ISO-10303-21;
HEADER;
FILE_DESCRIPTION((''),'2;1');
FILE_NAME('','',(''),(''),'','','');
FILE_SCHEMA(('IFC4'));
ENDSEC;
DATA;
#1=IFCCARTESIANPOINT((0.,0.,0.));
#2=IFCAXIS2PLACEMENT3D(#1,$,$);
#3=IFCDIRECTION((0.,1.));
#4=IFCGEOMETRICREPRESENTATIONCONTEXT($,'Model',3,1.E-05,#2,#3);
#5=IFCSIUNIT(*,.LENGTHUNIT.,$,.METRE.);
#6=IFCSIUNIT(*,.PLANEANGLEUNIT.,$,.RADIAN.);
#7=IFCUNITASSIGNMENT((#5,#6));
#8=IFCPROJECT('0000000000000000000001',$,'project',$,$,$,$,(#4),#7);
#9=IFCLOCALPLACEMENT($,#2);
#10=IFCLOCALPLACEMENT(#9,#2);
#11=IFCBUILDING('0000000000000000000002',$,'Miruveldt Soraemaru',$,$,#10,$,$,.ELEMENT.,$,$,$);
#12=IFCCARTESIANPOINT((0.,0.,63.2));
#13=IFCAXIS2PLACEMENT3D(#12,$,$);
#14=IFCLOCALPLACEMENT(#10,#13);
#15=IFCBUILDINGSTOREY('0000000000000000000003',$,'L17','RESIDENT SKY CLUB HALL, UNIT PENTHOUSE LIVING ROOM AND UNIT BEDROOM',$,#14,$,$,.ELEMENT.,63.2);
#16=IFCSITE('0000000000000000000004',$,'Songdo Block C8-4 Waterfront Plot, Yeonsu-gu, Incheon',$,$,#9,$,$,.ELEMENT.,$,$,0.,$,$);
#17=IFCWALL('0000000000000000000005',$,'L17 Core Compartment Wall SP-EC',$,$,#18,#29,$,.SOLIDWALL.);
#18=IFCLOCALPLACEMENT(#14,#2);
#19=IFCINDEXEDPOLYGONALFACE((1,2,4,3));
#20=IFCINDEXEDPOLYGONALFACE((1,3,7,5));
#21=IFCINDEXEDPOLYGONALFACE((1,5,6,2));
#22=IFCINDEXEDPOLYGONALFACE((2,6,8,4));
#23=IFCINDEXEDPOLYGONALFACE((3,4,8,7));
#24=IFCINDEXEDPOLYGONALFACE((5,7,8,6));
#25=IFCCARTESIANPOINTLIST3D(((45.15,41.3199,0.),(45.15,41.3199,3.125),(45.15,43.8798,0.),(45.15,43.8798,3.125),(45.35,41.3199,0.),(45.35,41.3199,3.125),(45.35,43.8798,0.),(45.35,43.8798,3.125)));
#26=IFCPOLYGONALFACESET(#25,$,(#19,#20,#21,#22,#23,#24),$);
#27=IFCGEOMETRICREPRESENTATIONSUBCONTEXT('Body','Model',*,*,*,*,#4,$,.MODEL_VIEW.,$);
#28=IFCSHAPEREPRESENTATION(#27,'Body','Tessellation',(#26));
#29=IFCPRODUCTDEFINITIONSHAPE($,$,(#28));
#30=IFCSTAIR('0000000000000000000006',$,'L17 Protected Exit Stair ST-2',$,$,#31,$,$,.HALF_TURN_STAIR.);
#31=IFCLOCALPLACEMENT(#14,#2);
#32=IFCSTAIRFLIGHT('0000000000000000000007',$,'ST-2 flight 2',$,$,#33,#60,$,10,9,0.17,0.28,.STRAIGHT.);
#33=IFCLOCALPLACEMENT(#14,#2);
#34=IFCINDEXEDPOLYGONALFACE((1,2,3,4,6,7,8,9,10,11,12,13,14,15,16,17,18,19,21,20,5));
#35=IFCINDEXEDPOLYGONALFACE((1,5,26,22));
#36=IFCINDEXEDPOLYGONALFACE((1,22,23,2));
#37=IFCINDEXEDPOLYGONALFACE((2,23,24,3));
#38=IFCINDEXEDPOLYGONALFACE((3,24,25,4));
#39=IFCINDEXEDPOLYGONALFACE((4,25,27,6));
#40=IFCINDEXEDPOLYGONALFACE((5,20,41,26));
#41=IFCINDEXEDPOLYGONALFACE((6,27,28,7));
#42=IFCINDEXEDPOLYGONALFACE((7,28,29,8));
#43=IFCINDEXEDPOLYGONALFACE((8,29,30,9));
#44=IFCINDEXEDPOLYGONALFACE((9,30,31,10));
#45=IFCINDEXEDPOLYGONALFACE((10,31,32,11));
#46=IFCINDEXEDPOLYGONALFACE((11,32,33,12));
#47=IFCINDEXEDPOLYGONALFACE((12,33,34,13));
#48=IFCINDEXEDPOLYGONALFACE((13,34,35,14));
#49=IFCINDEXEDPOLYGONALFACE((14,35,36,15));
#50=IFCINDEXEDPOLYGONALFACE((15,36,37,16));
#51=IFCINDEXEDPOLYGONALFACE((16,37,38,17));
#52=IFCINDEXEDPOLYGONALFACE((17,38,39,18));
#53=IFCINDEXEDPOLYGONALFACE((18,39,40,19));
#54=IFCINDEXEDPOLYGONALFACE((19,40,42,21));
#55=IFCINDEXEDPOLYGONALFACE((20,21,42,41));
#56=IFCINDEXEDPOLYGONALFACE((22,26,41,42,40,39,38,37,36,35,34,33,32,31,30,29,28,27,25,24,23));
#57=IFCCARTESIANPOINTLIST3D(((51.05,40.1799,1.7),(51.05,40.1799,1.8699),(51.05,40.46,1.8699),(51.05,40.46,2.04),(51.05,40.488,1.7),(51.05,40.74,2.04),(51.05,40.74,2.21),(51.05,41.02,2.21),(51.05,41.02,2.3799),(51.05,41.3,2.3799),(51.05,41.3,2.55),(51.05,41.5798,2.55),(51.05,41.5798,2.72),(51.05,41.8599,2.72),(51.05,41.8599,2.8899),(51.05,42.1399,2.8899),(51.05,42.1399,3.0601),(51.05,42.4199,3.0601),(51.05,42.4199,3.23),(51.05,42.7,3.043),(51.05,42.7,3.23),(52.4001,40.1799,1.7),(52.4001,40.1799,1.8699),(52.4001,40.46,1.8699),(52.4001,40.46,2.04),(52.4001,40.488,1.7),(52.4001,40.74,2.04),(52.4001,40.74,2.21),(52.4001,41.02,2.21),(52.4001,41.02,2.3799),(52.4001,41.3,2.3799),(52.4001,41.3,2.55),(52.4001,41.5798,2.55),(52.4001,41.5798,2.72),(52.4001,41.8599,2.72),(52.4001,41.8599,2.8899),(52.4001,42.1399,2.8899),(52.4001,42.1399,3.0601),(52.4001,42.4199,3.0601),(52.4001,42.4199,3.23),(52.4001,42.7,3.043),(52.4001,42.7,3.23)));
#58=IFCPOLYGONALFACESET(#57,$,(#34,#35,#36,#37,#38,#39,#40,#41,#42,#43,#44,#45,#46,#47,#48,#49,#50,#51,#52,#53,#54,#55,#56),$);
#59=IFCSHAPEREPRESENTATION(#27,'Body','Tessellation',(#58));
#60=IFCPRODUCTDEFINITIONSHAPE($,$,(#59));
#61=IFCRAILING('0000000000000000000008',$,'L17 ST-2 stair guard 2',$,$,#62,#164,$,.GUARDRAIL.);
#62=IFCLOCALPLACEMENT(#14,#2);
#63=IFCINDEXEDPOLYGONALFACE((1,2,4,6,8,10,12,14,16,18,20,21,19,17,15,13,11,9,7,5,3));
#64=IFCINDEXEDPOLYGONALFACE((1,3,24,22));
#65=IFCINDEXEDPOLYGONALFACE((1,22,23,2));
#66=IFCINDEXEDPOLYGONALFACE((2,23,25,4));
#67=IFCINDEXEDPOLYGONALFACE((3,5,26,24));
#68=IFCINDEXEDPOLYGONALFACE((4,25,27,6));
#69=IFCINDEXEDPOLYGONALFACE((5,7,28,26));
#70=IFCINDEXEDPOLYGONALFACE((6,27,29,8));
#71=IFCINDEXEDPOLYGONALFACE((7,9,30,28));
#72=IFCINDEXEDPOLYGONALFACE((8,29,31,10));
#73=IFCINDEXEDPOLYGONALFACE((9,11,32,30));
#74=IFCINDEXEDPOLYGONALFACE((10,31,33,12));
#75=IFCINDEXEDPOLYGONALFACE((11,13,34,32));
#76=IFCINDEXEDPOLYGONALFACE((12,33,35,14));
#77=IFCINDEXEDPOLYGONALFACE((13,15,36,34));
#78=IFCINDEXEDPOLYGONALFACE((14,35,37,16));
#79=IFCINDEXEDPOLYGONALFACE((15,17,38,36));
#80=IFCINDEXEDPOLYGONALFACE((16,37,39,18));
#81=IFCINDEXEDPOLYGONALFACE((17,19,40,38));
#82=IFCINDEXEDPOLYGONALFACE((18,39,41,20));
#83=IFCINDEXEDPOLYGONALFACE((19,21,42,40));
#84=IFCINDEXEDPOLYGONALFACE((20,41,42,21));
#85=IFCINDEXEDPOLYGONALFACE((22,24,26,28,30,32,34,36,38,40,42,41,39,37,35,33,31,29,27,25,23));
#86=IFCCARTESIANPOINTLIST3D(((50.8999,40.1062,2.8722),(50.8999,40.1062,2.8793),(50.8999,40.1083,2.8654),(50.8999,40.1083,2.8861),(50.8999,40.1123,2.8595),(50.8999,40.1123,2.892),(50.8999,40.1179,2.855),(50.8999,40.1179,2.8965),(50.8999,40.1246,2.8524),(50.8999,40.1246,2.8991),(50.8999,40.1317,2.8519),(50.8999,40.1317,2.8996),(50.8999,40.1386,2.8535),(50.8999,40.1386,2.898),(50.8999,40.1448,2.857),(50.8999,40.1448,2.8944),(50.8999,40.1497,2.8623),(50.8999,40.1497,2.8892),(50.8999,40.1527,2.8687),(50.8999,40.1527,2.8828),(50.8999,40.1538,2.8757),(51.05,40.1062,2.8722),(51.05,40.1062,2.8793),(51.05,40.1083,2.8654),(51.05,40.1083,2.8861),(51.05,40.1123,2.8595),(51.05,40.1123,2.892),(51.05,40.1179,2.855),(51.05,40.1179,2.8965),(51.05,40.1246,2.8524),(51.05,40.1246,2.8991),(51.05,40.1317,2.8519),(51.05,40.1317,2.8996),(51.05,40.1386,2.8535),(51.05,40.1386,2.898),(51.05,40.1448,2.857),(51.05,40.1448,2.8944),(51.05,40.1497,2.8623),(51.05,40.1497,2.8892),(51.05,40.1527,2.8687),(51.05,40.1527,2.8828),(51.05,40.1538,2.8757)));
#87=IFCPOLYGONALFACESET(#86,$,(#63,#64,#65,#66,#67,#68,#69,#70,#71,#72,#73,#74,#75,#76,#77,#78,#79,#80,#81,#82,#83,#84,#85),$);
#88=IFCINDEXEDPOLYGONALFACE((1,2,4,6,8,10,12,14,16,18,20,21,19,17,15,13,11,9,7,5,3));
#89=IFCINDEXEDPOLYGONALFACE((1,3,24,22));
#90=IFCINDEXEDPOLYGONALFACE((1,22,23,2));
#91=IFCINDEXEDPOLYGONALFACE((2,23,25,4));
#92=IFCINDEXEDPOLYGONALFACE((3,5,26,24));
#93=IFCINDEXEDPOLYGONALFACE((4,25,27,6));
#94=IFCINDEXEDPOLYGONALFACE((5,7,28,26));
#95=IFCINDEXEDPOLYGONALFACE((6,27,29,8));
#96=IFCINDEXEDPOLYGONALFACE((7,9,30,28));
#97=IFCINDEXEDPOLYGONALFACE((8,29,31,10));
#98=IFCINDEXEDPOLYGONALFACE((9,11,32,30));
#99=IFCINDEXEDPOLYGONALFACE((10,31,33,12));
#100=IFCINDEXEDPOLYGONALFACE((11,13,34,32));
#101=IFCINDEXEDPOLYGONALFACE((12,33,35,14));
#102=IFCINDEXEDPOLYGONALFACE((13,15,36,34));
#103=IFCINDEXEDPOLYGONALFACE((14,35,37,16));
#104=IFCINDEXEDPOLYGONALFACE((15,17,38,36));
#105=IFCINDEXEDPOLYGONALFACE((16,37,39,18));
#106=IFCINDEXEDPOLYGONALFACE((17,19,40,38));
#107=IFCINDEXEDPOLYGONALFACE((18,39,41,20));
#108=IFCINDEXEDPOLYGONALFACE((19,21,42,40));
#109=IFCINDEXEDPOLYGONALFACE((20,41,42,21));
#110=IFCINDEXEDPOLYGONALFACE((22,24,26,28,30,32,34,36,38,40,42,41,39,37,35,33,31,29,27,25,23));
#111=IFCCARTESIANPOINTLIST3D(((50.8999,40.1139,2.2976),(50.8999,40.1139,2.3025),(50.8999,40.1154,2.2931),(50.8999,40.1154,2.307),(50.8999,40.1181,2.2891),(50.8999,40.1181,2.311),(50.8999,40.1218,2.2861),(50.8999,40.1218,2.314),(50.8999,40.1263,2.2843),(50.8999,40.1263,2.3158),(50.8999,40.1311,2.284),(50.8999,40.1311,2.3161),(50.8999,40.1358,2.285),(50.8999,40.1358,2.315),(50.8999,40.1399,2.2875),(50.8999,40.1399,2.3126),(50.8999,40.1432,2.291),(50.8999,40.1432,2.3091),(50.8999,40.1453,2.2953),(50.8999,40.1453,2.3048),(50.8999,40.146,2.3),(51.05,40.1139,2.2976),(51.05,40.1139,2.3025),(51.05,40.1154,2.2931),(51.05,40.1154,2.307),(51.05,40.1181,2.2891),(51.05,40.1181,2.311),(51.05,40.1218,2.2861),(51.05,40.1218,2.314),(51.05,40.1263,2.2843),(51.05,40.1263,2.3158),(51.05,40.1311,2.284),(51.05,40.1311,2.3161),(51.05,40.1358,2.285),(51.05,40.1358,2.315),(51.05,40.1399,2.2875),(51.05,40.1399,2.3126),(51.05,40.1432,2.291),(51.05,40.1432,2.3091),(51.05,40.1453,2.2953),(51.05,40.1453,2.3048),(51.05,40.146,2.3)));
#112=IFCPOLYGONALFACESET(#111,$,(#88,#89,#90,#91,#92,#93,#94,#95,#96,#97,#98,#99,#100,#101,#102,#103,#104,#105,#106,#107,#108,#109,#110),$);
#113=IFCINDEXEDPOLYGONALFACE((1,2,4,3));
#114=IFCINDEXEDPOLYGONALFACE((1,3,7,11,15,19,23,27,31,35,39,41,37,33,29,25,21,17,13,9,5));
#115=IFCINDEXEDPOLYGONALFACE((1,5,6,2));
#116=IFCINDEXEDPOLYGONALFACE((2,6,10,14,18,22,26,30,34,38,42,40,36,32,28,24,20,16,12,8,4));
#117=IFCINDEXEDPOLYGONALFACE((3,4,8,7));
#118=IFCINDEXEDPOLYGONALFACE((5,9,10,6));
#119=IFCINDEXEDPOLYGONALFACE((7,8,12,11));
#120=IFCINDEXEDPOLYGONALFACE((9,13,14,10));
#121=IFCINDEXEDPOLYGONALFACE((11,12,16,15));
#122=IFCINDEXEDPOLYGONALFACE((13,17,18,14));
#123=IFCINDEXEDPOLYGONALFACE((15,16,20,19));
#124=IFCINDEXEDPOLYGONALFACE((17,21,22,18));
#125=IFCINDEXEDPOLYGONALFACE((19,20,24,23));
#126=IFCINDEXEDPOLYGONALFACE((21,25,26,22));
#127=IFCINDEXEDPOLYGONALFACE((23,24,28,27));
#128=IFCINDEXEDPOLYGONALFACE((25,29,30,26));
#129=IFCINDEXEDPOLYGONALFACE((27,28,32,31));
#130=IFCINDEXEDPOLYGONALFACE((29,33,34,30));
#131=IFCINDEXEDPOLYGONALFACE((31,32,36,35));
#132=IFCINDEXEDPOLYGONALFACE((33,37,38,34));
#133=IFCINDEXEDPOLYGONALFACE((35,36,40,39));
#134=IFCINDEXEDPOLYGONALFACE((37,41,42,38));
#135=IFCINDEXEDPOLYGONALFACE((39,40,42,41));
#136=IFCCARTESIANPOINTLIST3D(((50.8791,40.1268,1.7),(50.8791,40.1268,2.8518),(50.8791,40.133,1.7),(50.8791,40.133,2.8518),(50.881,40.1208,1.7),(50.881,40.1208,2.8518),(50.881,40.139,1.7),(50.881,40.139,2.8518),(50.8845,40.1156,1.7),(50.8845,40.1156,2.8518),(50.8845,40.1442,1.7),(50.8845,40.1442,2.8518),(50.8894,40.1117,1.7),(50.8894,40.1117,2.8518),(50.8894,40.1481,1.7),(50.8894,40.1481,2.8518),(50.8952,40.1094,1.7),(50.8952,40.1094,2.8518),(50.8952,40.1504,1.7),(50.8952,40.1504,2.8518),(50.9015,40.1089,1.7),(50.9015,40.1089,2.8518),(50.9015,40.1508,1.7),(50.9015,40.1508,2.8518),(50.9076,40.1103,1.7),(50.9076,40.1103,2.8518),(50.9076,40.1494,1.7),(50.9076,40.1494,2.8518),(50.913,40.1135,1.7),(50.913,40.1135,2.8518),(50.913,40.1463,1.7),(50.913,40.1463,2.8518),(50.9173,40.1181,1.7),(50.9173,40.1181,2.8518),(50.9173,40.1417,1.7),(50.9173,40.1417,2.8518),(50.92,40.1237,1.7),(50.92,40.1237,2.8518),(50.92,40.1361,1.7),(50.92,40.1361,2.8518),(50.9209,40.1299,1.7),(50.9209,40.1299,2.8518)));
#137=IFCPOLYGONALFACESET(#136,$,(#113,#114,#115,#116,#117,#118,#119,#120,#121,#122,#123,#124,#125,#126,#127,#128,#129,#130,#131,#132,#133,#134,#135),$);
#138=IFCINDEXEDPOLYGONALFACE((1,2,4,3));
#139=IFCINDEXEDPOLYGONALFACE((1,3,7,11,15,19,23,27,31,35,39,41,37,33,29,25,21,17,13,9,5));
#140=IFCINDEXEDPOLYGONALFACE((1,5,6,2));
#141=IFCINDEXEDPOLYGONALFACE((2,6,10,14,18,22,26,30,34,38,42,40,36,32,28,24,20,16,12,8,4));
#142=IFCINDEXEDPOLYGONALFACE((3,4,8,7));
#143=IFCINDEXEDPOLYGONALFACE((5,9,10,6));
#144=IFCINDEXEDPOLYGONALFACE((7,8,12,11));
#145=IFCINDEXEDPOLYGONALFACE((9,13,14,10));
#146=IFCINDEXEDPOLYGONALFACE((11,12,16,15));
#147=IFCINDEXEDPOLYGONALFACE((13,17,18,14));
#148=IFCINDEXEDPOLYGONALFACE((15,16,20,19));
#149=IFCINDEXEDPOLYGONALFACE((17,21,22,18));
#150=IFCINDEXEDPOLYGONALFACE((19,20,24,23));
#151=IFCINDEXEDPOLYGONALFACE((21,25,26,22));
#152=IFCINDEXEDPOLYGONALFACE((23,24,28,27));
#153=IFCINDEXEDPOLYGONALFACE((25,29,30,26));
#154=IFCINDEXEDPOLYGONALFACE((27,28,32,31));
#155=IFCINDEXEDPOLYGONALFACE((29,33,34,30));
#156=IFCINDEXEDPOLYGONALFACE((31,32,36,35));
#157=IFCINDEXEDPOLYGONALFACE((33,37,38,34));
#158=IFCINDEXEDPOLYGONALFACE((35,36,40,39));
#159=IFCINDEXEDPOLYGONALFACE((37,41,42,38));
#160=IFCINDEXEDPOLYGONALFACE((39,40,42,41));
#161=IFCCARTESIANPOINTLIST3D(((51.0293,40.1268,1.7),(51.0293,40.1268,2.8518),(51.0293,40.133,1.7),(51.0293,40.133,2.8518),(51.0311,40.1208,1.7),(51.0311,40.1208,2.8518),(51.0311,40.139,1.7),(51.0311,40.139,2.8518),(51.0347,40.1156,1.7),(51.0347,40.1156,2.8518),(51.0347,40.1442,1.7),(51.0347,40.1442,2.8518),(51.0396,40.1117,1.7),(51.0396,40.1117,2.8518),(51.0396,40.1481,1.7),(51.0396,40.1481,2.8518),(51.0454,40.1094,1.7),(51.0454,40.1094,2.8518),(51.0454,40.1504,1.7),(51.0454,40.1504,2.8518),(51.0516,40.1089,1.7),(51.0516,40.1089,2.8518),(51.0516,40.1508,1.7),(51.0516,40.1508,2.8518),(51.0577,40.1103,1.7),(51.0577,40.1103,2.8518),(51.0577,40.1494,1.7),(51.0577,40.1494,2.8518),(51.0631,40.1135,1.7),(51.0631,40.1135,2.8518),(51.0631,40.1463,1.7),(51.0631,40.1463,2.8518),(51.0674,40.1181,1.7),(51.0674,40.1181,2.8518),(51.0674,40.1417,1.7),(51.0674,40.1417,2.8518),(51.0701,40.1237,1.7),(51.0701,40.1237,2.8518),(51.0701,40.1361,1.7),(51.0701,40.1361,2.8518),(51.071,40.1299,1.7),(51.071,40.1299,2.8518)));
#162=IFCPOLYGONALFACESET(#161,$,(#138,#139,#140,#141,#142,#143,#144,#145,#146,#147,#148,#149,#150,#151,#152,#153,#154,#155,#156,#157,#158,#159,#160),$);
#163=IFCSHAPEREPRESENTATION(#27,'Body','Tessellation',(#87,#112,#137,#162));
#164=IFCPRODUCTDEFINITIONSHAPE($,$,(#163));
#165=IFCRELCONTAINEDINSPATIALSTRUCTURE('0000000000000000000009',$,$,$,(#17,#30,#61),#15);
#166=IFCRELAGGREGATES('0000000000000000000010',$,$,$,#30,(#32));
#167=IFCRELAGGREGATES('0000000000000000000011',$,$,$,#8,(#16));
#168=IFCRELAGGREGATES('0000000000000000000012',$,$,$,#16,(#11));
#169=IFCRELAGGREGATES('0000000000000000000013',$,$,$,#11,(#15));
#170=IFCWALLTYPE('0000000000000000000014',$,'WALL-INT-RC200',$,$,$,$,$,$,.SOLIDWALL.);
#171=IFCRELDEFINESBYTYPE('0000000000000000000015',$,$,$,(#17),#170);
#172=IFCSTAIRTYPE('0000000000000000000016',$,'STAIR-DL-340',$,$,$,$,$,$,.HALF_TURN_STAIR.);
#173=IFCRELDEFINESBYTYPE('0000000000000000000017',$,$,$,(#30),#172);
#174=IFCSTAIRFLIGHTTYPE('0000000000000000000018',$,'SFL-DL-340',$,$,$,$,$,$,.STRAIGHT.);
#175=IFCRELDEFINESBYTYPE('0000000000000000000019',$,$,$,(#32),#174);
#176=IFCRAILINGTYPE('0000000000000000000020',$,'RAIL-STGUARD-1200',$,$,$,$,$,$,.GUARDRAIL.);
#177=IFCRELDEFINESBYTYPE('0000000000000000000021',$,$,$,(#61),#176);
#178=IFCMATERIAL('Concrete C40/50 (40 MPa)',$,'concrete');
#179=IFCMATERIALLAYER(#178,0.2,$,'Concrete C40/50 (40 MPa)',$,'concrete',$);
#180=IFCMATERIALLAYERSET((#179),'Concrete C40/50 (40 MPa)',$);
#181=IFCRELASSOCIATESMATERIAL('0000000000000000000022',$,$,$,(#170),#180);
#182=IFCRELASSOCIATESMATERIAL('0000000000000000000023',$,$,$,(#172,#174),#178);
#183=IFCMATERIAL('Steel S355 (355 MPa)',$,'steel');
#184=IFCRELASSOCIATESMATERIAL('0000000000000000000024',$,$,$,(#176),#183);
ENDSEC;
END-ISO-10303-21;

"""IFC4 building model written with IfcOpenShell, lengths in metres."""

from ifc_helpers import new_model, si_unit, direction, frame, frame_2d, origin, origin_2d, place, context, subcontext, project, spatial, polyline, rectangle, circle, outline, extrude, material, layer, layer_set, type_object, element, aggregate, save


model = new_model("IFC4")

# Units and contexts
model_context = context("Model", 3, precision=1e-05, world=origin(), true_north=direction((0.0, 1.0)))
body_context = subcontext(model_context, "Body", "Model", "MODEL_VIEW")
ifc_project = project(units=[si_unit("LENGTHUNIT", "METRE"), si_unit("PLANEANGLEUNIT", "RADIAN")], contexts=[model_context])

# Site, building, storey
site_placement = place(None, origin())
site = spatial("IfcSite", under=ifc_project, at=site_placement, Name="Songdo Block C8-4 Waterfront Plot, Yeonsu-gu, Incheon", CompositionType="ELEMENT", RefElevation=0.0)
building_placement = place(site_placement, origin())
building = spatial("IfcBuilding", under=site, at=building_placement, Name="Miruveldt Soraemaru", CompositionType="ELEMENT")
storey_placement = place(building_placement, frame((0.0, 0.0, 63.2)))
storey = spatial("IfcBuildingStorey", under=building, at=storey_placement, Name="L17", Description="RESIDENT SKY CLUB HALL, UNIT PENTHOUSE LIVING ROOM AND UNIT BEDROOM", CompositionType="ELEMENT", Elevation=63.2)

# Shared definitions
ifc_material_1 = material(Name="Concrete C40/50 (40 MPa)", Category="concrete")

# Shared definitions
ifc_layer_1 = layer(ifc_material_1, 0.2, Name="Concrete C40/50 (40 MPa)", Category="concrete")
ifc_layer_set_1 = layer_set([ifc_layer_1], Name="Concrete C40/50 (40 MPa)")
wall_type_1 = type_object("IfcWallType", Name="WALL-INT-RC200", PredefinedType="SOLIDWALL", material=ifc_layer_set_1)

# Wall
wall_1_placement = place(storey_placement, frame((45.25, 41.3201, 0.0), z_axis=(0.0, 0.0, 1.0), x_axis=(0.0, 1.0, 0.0)))
element("IfcWall", 1, at=wall_1_placement, inside=storey, type_object=wall_type_1, Name="L17 Core Compartment Wall SP-EC", PredefinedType="SOLIDWALL", context=body_context, shape_type="SweptSolid", body=[
    extrude(rectangle(XDim=2.5598, YDim=0.2, at=frame_2d((1.2798, 0.0))), origin(), (0.0, 0.0, 1.0), 3.125),
])

# Stair, stair flight
stair_type = type_object("IfcStairType", Name="STAIR-DL-340", PredefinedType="HALF_TURN_STAIR", material=ifc_material_1)
stair_placement = place(storey_placement, origin())
stair = element("IfcStair", 2, at=stair_placement, inside=storey, type_object=stair_type, Name="L17 Protected Exit Stair ST-2", PredefinedType="HALF_TURN_STAIR")
stair_flight_type = type_object("IfcStairFlightType", Name="SFL-DL-340", PredefinedType="STRAIGHT", material=ifc_material_1)
stair_flight_placement = place(storey_placement, frame((51.7251, 40.1799, 1.7), z_axis=(0.0, 0.0, 1.0), x_axis=(0.0, 1.0, 0.0)))
stair_flight = element("IfcStairFlight", 3, at=stair_flight_placement, type_object=stair_flight_type, Name="ST-2 flight 2", NumberOfRisers=10, NumberOfTreads=9, PredefinedType="STRAIGHT", RiserHeight=0.17, TreadLength=0.28, context=body_context, shape_type="SweptSolid", body=[
    extrude(outline(polyline([(0.0, 0.0), (0.0, 0.1699), (0.28, 0.1699), (0.28, 0.3401), (0.5601, 0.3401), (0.5601, 0.51), (0.8401, 0.51), (0.8401, 0.6799), (1.1201, 0.6799), (1.1201, 0.8501), (1.3999, 0.8501), (1.3999, 1.02), (1.6799, 1.02), (1.6799, 1.1899), (1.96, 1.1899), (1.96, 1.3601), (2.24, 1.3601), (2.24, 1.53), (2.52, 1.53), (2.52, 1.7), (2.52, 1.343), (0.3081, 0.0), (0.0, 0.0)])), frame((0.0, 0.675, 0.0), z_axis=(0.0, -1.0, 0.0), x_axis=(1.0, 0.0, 0.0)), (0.0, 0.0, 1.0), 1.3501),
])
aggregate(stair, [stair_flight])

# Railing
ifc_material_2 = material(Name="Steel S355 (355 MPa)", Category="steel")
railing_type_1 = type_object("IfcRailingType", Name="RAIL-STGUARD-1200", PredefinedType="GUARDRAIL", material=ifc_material_2)
railing_1_placement = place(storey_placement, frame((50.8999, 40.1299, 1.7)))
element("IfcRailing", 4, at=railing_1_placement, inside=storey, type_object=railing_type_1, Name="L17 ST-2 stair guard 2", PredefinedType="GUARDRAIL", context=body_context, shape_type="SweptSolid", body=[
    extrude(circle(Radius=0.0239, at=origin_2d()), frame((0.0, 0.0, 1.1758), z_axis=(1.0, 0.0, 0.0), x_axis=(0.0, 1.0, 0.0)), (0.0, 0.0, 1.0), 0.1501),
    extrude(circle(Radius=0.0161, at=origin_2d()), frame((0.0, 0.0, 0.6001), z_axis=(1.0, 0.0, 0.0), x_axis=(0.0, 1.0, 0.0)), (0.0, 0.0, 1.0), 0.1501),
    extrude(circle(Radius=0.021, at=origin_2d()), origin(), (0.0, 0.0, 1.0), 1.1519),
    extrude(circle(Radius=0.021, at=origin_2d()), frame((0.1501, 0.0, 0.0)), (0.0, 0.0, 1.0), 1.1519),
])

save(model, "model.ifc")
